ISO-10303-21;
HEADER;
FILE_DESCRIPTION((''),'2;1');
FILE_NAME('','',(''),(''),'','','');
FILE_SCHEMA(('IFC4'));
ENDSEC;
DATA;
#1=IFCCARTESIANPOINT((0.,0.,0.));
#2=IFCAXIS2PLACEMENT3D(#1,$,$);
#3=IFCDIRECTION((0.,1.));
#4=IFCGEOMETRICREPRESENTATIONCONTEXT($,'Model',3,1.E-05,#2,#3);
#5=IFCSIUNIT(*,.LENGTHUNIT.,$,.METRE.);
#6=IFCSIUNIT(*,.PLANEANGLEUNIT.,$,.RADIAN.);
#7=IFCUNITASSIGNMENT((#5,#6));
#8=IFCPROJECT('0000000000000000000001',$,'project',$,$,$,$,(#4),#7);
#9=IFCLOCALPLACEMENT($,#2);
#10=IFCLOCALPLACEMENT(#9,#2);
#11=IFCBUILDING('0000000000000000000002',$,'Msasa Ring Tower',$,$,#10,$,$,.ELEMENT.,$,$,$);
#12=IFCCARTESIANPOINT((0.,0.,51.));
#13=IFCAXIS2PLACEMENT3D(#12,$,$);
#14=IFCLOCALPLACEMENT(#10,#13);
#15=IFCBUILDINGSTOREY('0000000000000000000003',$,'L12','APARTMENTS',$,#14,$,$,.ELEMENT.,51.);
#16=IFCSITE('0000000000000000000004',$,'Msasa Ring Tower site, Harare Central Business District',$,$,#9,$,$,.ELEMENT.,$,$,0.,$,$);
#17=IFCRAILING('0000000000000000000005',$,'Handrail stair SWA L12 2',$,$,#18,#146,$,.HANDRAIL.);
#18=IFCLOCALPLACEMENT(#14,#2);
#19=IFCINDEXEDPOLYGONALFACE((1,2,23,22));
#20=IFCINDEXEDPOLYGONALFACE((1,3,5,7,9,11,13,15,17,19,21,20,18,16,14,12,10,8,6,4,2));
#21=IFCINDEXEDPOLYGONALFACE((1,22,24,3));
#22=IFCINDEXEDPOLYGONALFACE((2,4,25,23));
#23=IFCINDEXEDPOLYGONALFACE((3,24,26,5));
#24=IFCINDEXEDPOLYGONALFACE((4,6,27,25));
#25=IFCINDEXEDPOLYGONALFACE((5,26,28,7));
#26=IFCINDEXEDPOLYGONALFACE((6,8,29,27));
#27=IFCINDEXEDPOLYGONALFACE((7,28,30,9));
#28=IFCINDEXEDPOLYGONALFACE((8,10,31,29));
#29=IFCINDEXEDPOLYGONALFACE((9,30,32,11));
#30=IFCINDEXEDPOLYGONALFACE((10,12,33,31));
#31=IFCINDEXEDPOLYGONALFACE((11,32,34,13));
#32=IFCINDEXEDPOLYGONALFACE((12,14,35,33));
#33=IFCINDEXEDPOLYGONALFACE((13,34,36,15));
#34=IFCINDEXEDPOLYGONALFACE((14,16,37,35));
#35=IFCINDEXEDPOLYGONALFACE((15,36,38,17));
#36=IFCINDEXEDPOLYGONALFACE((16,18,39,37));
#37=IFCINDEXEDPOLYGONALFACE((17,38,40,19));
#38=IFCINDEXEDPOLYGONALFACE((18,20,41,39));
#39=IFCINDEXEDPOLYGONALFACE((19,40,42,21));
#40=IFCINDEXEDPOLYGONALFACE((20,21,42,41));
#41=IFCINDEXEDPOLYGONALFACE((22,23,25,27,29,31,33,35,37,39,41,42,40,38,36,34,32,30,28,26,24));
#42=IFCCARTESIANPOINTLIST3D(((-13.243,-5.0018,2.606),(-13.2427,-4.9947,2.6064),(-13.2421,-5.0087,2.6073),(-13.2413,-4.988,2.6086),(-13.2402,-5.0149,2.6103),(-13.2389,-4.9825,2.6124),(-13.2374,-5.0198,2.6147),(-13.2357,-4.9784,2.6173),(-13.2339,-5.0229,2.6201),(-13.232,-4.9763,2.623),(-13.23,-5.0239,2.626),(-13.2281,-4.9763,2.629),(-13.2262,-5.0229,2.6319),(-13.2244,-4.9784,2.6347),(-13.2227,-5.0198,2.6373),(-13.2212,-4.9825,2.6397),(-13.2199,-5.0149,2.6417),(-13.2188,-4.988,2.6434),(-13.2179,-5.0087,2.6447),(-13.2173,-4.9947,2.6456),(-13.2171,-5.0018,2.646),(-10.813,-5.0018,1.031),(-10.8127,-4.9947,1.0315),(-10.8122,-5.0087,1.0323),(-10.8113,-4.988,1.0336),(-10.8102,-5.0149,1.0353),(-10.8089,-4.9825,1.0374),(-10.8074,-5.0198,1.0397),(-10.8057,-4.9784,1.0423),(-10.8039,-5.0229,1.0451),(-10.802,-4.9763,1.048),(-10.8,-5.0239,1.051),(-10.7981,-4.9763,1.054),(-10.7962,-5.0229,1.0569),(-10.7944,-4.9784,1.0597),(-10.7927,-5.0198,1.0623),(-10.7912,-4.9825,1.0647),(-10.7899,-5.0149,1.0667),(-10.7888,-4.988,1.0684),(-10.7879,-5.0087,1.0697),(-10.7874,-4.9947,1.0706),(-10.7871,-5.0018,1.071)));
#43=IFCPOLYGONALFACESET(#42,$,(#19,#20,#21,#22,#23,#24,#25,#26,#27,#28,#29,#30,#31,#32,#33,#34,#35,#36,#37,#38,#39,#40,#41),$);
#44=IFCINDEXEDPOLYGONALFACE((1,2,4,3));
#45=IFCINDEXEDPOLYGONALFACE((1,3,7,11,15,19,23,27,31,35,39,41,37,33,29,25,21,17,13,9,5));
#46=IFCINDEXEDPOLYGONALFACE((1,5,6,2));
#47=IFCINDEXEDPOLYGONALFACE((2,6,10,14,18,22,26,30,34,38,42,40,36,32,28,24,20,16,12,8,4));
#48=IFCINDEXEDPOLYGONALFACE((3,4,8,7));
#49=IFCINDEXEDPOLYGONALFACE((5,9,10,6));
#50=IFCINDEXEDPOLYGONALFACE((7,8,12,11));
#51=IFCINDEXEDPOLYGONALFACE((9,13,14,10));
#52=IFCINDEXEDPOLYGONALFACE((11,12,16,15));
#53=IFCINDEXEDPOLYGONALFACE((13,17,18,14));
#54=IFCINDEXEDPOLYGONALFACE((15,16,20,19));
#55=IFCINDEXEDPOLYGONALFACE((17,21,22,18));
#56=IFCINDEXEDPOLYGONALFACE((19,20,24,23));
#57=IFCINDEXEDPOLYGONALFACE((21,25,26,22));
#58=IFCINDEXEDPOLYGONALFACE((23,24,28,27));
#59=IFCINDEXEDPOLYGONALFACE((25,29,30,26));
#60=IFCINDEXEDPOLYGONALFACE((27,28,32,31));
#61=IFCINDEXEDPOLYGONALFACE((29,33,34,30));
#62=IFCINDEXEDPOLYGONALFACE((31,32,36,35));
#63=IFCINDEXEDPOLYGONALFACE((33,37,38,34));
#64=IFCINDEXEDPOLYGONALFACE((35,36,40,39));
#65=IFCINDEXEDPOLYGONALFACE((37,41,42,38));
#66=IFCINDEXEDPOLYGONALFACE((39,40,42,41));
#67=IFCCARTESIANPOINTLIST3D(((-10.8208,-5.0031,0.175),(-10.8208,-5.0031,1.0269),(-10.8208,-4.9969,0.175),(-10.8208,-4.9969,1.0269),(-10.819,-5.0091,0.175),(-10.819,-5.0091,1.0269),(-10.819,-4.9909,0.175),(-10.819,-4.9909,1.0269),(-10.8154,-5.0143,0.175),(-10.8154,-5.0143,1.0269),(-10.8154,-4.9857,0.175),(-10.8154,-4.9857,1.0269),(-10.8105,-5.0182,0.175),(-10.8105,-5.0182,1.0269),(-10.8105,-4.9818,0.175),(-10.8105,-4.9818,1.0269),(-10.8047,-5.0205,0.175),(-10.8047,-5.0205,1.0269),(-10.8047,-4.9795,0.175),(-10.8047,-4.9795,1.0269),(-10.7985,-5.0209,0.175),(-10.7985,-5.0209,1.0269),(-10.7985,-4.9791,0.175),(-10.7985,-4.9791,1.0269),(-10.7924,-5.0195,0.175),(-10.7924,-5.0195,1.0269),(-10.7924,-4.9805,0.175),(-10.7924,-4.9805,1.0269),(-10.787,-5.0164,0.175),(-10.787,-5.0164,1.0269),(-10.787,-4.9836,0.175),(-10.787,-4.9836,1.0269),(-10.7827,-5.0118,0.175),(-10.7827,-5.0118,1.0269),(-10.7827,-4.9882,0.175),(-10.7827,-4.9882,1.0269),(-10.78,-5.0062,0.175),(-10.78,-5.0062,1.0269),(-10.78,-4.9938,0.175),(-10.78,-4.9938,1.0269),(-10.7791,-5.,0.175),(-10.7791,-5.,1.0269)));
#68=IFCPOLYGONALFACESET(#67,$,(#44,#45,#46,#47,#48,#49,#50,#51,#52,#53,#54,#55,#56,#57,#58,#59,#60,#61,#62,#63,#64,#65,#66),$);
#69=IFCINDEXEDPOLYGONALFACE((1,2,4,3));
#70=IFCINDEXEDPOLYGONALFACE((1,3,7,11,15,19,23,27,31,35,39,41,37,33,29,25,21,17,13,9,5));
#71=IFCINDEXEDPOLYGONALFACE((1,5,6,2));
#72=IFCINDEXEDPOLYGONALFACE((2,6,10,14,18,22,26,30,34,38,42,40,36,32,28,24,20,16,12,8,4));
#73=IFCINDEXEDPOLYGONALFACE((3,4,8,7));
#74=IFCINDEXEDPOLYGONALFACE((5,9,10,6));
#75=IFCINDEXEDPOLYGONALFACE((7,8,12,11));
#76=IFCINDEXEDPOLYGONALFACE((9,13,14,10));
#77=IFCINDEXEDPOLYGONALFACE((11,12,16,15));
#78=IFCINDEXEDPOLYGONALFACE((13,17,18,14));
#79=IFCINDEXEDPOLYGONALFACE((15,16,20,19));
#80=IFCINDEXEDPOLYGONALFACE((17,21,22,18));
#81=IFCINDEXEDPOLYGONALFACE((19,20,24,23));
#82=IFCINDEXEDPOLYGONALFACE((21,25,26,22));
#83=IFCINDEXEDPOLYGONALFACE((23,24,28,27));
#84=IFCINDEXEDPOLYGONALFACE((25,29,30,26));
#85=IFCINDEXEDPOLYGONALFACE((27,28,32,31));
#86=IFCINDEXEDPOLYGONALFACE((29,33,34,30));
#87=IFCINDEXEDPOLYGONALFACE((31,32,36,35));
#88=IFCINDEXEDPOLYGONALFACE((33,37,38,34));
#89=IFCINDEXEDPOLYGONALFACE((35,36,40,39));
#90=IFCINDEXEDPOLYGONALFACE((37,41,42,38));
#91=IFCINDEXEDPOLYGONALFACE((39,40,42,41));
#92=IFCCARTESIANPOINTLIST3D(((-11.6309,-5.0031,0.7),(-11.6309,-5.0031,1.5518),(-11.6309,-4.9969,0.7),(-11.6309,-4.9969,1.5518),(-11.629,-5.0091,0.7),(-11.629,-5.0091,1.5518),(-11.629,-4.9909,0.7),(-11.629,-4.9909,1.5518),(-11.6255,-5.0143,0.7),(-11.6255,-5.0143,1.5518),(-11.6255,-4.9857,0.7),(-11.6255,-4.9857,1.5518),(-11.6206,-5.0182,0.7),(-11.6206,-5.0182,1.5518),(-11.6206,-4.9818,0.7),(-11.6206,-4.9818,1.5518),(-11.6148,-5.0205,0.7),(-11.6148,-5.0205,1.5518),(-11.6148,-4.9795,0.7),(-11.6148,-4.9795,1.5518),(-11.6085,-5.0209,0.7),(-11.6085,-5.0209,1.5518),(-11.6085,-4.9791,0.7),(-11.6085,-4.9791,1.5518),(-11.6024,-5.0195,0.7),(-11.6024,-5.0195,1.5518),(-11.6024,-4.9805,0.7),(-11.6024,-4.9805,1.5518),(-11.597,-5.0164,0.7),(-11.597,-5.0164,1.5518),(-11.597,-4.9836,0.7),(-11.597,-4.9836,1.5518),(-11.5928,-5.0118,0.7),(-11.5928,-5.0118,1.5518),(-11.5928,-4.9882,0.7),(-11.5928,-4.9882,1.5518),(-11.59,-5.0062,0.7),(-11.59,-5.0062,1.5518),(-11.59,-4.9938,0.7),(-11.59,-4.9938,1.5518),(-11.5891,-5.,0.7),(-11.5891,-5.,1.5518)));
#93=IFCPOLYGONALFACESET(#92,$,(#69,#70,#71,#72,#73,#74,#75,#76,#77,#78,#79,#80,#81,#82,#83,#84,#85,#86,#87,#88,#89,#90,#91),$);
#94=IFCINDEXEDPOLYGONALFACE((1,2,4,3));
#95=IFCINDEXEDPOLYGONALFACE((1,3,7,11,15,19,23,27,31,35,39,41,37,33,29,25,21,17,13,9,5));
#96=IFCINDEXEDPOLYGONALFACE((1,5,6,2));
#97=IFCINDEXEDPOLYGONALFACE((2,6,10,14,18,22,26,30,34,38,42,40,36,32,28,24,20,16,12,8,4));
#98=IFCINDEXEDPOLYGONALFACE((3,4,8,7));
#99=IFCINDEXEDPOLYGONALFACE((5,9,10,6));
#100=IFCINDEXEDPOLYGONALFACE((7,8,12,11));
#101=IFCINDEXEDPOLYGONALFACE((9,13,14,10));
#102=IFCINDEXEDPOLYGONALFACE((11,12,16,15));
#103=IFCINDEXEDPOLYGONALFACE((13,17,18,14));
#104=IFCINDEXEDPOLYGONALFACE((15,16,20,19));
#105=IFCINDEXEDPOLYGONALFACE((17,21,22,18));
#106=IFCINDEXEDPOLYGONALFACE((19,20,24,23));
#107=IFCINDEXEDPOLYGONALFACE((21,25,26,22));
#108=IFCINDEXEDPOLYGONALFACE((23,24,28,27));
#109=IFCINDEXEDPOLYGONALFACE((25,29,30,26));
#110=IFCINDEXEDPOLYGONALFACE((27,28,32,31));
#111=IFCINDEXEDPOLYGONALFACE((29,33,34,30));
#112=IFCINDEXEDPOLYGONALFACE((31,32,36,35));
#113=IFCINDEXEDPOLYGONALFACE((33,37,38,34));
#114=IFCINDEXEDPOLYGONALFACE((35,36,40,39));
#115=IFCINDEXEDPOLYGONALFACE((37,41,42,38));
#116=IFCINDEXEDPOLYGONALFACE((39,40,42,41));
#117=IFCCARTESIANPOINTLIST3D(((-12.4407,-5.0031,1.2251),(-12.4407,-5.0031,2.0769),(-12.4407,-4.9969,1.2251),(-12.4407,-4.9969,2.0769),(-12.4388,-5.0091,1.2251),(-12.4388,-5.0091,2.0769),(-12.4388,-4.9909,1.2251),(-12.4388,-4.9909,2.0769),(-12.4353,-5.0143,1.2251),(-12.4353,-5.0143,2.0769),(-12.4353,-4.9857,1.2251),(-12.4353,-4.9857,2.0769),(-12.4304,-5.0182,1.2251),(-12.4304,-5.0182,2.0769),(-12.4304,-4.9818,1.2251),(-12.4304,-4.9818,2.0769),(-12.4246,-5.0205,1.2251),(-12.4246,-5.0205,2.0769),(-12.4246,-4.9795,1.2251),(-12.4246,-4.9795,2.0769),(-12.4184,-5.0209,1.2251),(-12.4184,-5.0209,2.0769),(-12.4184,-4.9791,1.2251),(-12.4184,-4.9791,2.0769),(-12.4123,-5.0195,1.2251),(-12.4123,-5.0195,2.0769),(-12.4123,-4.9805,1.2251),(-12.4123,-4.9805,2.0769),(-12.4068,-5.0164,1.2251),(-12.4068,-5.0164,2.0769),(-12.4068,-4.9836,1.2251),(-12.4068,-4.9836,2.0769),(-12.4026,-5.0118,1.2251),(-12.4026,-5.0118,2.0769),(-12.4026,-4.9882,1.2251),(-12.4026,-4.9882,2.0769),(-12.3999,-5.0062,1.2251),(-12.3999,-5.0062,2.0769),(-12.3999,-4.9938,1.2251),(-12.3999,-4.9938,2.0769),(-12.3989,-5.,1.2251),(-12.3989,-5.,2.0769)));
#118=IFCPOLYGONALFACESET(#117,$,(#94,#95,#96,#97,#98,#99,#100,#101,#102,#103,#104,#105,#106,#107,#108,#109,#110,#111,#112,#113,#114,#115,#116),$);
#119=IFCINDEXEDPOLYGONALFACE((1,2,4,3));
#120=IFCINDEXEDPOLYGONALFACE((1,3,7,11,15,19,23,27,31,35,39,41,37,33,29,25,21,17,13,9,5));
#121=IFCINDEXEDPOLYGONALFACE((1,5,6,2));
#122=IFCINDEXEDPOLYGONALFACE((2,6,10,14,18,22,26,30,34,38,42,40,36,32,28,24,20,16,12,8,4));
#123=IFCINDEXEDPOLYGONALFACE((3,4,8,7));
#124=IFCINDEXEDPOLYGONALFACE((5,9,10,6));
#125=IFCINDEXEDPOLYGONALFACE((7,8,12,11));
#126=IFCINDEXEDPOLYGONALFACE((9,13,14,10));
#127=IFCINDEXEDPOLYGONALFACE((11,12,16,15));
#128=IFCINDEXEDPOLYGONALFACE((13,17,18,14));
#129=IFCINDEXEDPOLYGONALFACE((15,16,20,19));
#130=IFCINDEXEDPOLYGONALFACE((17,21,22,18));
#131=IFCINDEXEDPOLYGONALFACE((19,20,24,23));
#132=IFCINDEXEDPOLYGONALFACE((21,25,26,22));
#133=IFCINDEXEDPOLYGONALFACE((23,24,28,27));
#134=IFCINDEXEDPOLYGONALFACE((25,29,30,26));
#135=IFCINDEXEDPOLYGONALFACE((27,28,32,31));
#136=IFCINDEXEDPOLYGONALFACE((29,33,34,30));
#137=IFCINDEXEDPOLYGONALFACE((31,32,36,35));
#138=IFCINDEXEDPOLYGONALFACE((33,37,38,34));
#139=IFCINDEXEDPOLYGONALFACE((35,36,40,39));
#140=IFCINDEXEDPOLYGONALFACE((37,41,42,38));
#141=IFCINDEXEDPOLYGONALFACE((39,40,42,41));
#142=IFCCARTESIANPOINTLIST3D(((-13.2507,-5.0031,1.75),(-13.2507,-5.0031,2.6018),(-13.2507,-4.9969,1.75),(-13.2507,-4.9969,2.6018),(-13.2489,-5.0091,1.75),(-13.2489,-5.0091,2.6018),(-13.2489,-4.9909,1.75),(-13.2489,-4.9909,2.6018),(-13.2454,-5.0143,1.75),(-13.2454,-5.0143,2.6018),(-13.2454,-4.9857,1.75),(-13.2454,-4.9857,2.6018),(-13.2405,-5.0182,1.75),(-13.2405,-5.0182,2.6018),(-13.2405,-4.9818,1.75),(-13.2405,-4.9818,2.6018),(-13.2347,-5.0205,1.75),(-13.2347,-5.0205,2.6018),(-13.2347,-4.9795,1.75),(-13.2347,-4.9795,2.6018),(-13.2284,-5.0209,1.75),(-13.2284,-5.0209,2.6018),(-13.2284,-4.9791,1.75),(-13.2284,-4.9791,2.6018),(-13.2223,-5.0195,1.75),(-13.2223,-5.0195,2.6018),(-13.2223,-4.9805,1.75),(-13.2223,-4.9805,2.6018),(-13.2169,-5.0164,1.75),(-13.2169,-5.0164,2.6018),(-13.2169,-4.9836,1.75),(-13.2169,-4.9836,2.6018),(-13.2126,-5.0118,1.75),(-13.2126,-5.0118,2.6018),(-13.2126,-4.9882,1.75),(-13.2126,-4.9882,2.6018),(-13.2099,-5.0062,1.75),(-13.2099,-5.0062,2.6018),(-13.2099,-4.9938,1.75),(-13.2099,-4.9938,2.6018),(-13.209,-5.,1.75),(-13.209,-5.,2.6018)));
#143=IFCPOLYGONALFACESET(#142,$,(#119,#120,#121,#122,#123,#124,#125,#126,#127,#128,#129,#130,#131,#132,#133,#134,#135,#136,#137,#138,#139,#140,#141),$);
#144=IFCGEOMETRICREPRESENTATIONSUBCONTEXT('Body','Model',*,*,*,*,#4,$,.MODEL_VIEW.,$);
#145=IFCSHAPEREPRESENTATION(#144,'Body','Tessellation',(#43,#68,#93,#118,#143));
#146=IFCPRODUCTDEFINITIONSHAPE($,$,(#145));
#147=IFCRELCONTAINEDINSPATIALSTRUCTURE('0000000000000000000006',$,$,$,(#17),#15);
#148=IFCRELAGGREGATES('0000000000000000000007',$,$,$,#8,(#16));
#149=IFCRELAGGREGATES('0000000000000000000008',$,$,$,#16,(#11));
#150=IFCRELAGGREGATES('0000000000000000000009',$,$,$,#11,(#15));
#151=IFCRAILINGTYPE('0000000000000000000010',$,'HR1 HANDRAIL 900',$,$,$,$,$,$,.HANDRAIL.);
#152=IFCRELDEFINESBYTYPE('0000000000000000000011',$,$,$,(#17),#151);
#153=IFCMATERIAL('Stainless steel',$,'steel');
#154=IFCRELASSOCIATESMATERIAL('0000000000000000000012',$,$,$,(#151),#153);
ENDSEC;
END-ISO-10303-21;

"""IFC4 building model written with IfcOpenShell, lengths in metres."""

from ifc_helpers import new_model, si_unit, direction, frame, origin, origin_2d, place, context, subcontext, project, spatial, circle, extrude, material, type_object, element, save


model = new_model("IFC4")

# Units and contexts
model_context = context("Model", 3, precision=1e-05, world=origin(), true_north=direction((0.0, 1.0)))
body_context = subcontext(model_context, "Body", "Model", "MODEL_VIEW")
ifc_project = project(units=[si_unit("LENGTHUNIT", "METRE"), si_unit("PLANEANGLEUNIT", "RADIAN")], contexts=[model_context])

# Site, building, storey
site_placement = place(None, origin())
site = spatial("IfcSite", under=ifc_project, at=site_placement, Name="Msasa Ring Tower site, Harare Central Business District", CompositionType="ELEMENT", RefElevation=0.0)
building_placement = place(site_placement, origin())
building = spatial("IfcBuilding", under=site, at=building_placement, Name="Msasa Ring Tower", CompositionType="ELEMENT")
storey_placement = place(building_placement, frame((0.0, 0.0, 51.0)))
storey = spatial("IfcBuildingStorey", under=building, at=storey_placement, Name="L12", Description="APARTMENTS", CompositionType="ELEMENT", Elevation=51.0)

# Railing
ifc_material_1 = material(Name="Stainless steel", Category="steel")
railing_type = type_object("IfcRailingType", Name="HR1 HANDRAIL 900", PredefinedType="HANDRAIL", material=ifc_material_1)
for number, where, name in (
    (1, (-10.8, -5.0, 0.175), "Handrail stair SWA L12 2"),
):
    element("IfcRailing", number, at=place(storey_placement, frame(where)), inside=storey, type_object=railing_type, Name=name, PredefinedType="HANDRAIL", context=body_context, shape_type="SweptSolid", body=[
        extrude(circle(Radius=0.0239, at=origin_2d()), frame((0.0, 0.0, 0.876), z_axis=(-0.839154, 0.0, 0.543894), x_axis=(0.0, -1.0, 0.0)), (0.0, 0.0, 1.0), 2.8958),
        extrude(circle(Radius=0.021, at=origin_2d()), origin(), (0.0, 0.0, 1.0), 0.8518),
        extrude(circle(Radius=0.021, at=origin_2d()), frame((-0.8101, 0.0, 0.5249)), (0.0, 0.0, 1.0), 0.8518),
        extrude(circle(Radius=0.021, at=origin_2d()), frame((-1.6199, 0.0, 1.05)), (0.0, 0.0, 1.0), 0.8518),
        extrude(circle(Radius=0.021, at=origin_2d()), frame((-2.4299, 0.0, 1.575)), (0.0, 0.0, 1.0), 0.8518),
    ])

save(model, "model.ifc")
